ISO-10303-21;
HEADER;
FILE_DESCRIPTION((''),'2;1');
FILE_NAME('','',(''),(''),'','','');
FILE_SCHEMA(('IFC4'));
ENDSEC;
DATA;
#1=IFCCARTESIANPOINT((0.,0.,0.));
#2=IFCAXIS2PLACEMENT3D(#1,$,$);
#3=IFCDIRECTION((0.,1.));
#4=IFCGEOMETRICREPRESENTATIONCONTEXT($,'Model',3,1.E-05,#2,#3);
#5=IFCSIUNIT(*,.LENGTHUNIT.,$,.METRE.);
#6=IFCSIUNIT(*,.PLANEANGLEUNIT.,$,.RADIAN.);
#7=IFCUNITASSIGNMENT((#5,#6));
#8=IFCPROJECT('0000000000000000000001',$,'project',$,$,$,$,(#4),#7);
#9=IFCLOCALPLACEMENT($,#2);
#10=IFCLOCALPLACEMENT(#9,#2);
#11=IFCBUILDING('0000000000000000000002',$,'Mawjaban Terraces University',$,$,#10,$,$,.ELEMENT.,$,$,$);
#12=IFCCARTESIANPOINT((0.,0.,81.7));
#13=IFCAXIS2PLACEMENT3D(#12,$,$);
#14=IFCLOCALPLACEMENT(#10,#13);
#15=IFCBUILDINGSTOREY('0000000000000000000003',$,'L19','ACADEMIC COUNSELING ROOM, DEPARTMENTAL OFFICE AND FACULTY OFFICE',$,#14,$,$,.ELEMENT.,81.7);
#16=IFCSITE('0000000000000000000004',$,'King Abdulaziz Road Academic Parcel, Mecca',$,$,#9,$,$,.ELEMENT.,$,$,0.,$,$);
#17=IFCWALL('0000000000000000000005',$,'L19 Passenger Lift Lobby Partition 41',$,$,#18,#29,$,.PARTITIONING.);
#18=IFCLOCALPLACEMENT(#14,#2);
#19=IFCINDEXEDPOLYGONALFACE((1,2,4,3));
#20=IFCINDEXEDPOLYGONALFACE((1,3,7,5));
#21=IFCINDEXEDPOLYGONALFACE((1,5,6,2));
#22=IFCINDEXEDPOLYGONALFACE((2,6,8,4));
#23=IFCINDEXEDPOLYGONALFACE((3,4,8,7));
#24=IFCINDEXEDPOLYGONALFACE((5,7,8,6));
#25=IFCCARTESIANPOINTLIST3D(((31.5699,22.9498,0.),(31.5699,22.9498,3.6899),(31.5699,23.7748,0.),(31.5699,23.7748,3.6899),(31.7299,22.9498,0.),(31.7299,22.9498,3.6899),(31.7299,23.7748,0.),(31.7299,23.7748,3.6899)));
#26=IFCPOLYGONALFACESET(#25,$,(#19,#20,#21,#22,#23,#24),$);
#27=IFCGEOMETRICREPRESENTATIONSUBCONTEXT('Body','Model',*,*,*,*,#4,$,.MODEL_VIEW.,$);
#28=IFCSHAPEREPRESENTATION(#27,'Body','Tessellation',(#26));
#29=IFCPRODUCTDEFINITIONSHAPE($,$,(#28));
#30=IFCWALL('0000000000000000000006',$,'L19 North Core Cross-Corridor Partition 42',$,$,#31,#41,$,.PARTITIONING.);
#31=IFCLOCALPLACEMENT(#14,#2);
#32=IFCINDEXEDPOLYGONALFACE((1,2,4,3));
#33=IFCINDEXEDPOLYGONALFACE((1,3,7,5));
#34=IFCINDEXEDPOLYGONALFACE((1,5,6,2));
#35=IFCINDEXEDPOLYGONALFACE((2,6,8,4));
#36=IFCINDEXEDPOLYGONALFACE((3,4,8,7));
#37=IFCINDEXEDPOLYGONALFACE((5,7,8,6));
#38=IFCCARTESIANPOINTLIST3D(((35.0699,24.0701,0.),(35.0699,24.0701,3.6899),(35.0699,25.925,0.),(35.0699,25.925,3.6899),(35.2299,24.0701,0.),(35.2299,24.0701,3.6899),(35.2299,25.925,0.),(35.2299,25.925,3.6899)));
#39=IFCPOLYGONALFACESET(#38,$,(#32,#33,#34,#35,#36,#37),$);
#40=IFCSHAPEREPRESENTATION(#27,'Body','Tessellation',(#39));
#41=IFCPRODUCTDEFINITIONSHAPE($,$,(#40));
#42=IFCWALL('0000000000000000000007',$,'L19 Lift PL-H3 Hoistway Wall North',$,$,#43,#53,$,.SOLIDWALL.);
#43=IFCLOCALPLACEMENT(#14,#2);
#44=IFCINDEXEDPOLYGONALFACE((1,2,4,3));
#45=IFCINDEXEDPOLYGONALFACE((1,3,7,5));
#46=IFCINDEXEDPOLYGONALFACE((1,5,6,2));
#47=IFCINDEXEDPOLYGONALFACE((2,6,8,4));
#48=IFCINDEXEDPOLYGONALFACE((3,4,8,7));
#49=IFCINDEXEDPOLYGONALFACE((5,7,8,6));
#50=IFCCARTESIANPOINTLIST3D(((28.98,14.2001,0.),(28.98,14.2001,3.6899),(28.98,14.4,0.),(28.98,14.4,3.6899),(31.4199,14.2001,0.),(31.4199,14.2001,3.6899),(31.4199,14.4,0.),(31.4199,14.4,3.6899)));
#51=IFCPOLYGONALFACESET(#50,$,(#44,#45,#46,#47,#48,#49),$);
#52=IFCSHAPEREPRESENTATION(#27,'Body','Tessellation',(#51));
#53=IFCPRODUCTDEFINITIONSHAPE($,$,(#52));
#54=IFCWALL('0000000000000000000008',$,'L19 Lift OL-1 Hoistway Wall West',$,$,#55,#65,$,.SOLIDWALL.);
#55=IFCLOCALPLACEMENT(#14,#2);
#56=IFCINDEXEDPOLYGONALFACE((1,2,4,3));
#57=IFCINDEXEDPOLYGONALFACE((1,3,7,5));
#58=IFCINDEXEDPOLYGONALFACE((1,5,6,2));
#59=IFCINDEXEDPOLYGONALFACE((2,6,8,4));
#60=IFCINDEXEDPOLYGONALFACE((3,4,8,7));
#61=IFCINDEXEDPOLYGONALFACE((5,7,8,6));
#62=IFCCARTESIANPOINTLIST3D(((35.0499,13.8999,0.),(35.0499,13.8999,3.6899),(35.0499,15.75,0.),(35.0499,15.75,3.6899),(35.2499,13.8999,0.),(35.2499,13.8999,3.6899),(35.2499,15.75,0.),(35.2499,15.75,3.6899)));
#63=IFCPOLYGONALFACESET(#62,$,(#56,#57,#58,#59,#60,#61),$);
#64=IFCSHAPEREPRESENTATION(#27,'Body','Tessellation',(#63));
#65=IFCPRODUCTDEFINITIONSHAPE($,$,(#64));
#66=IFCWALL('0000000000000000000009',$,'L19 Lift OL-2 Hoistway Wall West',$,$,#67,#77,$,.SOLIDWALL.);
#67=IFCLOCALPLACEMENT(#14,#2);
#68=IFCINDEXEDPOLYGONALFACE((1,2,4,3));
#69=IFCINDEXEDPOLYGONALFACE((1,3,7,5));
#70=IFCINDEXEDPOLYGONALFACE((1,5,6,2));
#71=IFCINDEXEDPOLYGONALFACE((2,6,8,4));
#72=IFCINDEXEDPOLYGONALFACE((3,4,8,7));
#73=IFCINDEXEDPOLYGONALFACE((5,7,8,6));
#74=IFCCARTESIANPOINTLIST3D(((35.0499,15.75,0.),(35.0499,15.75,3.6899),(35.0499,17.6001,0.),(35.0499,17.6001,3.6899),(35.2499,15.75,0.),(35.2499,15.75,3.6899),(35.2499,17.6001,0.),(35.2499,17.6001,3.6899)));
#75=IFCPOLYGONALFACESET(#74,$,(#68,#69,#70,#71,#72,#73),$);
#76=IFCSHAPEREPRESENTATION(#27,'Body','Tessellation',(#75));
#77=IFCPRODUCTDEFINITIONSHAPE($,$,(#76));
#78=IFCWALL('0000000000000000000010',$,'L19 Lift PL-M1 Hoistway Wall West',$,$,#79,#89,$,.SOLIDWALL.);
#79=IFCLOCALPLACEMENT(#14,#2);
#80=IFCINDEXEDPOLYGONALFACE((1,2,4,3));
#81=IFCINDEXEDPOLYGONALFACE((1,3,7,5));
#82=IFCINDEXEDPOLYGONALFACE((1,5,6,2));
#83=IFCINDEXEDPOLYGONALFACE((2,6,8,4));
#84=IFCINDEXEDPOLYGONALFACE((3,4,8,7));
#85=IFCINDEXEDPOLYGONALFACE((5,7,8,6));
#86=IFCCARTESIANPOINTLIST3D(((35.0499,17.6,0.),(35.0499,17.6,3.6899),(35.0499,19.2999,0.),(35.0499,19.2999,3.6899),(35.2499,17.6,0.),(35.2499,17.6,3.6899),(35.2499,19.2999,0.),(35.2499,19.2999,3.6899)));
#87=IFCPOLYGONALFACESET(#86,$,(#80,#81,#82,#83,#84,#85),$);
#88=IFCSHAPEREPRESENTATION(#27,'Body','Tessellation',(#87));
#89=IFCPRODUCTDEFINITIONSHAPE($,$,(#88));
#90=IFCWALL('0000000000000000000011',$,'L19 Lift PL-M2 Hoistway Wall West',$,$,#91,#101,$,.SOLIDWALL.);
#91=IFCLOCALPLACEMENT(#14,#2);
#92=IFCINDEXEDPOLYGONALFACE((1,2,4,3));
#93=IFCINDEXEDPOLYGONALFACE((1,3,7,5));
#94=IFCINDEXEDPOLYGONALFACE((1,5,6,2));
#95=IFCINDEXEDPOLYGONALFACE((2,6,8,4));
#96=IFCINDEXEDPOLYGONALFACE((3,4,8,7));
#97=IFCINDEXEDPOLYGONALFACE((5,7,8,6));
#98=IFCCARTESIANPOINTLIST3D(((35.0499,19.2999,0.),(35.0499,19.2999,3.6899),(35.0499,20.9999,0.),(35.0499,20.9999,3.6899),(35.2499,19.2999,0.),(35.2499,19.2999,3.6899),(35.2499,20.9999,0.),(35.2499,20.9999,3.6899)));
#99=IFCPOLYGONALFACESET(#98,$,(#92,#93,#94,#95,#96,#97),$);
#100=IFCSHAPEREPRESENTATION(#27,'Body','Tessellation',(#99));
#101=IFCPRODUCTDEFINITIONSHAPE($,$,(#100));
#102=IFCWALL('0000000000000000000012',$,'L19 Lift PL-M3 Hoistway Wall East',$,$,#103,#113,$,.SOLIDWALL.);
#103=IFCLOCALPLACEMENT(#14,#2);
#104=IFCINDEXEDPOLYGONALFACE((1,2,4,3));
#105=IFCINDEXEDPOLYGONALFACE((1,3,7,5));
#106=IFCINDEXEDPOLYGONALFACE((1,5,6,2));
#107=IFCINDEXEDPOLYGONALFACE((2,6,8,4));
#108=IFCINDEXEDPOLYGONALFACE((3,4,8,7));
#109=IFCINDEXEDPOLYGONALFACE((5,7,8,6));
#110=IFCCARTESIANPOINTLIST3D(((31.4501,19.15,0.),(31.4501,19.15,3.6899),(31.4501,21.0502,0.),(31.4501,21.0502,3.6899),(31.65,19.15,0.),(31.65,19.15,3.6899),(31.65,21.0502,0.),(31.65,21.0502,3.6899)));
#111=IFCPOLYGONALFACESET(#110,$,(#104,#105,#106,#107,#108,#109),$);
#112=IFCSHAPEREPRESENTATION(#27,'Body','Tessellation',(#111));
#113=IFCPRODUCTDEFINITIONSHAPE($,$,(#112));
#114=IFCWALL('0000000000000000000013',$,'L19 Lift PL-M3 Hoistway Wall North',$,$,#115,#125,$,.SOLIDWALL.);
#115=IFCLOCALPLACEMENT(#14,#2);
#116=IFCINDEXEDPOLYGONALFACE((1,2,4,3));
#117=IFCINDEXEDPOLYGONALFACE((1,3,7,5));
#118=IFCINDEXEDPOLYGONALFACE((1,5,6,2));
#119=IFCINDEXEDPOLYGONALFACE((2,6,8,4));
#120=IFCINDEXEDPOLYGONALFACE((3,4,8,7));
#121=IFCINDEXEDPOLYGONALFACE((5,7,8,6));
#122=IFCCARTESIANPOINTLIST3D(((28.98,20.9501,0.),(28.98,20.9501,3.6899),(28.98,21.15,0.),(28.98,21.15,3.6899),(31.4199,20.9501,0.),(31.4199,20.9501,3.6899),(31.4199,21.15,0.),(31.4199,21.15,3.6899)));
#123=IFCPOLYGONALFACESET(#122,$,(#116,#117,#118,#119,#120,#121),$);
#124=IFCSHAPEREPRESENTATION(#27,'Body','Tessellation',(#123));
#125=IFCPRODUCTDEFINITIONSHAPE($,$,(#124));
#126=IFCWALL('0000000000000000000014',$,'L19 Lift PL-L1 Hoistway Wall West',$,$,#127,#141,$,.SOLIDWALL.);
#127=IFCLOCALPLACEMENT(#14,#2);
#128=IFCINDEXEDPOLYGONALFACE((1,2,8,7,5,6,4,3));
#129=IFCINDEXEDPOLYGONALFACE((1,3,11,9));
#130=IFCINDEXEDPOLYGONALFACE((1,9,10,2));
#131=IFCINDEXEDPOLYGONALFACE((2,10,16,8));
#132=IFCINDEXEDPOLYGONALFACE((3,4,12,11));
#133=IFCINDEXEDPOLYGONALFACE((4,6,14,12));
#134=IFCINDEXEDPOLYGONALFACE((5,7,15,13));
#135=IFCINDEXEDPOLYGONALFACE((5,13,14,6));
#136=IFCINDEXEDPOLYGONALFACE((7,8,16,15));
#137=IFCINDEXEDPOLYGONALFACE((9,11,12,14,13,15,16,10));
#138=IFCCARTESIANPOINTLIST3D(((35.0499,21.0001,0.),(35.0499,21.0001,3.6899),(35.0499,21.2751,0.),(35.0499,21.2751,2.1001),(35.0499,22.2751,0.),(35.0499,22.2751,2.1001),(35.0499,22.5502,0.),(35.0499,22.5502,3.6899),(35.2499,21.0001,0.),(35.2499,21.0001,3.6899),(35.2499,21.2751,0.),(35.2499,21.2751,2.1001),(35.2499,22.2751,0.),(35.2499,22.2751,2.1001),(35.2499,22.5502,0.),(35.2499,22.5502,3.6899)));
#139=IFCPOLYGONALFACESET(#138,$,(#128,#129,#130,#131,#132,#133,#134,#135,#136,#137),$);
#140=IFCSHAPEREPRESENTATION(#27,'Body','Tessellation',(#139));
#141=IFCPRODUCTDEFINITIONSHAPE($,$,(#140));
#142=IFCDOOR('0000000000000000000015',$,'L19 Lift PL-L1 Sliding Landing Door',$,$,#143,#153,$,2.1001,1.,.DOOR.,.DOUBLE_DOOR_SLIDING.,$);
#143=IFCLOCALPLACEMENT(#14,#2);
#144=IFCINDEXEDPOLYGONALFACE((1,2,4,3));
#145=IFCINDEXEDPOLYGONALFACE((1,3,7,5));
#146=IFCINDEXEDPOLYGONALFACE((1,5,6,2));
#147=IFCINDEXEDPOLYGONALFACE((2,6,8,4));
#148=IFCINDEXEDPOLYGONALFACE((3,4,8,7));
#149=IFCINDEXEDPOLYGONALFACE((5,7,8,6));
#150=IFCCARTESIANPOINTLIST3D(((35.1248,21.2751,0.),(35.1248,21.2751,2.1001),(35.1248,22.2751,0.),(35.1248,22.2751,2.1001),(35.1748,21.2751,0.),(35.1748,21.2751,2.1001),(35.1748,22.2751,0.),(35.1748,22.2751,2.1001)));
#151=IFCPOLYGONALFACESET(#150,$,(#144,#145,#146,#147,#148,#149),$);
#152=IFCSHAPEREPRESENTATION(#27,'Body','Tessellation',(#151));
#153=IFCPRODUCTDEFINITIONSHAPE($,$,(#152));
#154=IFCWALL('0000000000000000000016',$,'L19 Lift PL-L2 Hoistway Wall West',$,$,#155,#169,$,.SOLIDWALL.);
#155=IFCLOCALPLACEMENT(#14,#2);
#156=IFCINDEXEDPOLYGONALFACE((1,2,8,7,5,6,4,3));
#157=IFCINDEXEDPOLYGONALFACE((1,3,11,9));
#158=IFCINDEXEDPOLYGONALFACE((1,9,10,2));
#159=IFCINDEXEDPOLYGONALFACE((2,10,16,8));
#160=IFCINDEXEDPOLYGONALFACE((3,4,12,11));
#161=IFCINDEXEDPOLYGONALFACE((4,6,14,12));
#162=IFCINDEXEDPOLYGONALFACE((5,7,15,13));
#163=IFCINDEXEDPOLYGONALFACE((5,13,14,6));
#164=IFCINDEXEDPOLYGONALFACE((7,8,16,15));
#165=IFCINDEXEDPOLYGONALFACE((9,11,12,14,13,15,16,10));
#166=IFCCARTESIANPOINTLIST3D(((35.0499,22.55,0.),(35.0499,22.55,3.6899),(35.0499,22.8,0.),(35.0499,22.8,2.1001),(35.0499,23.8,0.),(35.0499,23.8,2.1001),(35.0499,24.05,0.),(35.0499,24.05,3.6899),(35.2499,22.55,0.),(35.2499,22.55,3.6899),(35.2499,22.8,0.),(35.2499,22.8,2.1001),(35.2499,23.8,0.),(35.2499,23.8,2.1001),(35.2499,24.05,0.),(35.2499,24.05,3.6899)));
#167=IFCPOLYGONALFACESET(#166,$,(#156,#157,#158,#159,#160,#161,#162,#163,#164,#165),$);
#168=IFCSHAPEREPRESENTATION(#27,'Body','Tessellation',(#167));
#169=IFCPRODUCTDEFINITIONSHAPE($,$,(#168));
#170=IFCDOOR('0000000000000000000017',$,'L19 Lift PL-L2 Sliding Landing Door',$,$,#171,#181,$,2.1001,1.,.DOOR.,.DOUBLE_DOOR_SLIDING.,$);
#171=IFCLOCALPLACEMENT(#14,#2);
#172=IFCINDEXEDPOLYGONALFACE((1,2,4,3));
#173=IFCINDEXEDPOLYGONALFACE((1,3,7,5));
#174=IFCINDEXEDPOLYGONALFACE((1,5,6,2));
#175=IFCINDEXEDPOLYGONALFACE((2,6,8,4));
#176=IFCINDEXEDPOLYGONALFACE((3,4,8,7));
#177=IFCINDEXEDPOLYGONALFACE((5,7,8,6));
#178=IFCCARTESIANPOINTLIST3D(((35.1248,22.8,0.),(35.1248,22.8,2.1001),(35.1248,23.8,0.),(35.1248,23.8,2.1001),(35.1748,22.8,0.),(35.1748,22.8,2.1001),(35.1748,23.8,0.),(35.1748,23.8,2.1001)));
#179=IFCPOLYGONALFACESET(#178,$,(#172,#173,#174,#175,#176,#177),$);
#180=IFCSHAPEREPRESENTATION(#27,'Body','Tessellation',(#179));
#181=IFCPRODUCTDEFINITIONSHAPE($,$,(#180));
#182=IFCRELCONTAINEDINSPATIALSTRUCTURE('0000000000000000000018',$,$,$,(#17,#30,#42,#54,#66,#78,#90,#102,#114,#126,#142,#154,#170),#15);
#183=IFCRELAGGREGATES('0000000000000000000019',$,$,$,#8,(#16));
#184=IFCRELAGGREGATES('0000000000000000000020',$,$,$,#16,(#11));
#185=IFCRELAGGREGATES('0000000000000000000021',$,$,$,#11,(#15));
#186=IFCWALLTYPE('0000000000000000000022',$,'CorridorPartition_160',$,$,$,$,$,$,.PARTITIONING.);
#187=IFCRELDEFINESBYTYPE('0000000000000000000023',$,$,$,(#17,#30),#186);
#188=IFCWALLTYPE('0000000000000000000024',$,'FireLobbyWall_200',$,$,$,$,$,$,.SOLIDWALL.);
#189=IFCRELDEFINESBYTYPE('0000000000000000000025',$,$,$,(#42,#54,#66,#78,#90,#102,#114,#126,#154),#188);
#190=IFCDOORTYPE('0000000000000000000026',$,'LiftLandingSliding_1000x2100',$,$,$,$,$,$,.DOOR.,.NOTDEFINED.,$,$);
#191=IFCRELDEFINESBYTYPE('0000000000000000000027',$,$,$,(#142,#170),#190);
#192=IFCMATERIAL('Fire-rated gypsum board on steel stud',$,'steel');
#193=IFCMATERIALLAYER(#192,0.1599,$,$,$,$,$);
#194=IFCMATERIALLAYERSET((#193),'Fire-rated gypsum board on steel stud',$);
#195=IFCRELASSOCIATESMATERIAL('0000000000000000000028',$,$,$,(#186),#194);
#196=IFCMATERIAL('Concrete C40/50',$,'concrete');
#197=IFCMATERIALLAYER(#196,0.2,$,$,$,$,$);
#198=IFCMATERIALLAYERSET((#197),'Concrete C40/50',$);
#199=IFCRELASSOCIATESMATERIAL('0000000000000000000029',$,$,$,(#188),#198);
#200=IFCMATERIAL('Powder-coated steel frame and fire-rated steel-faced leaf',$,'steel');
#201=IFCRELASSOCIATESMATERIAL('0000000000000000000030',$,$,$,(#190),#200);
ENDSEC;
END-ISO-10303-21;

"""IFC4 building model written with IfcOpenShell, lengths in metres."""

from ifc_helpers import new_model, si_unit, direction, frame, frame_2d, origin, place, context, subcontext, project, spatial, rectangle, extrude, material, layer, layer_set, type_object, element, fill, save


model = new_model("IFC4")

# Units and contexts
model_context = context("Model", 3, precision=1e-05, world=origin(), true_north=direction((0.0, 1.0)))
body_context = subcontext(model_context, "Body", "Model", "MODEL_VIEW")
ifc_project = project(units=[si_unit("LENGTHUNIT", "METRE"), si_unit("PLANEANGLEUNIT", "RADIAN")], contexts=[model_context])

# Site, building, storey
site_placement = place(None, origin())
site = spatial("IfcSite", under=ifc_project, at=site_placement, Name="King Abdulaziz Road Academic Parcel, Mecca", CompositionType="ELEMENT", RefElevation=0.0)
building_placement = place(site_placement, origin())
building = spatial("IfcBuilding", under=site, at=building_placement, Name="Mawjaban Terraces University", CompositionType="ELEMENT")
storey_placement = place(building_placement, frame((0.0, 0.0, 81.7)))
storey = spatial("IfcBuildingStorey", under=building, at=storey_placement, Name="L19", Description="ACADEMIC COUNSELING ROOM, DEPARTMENTAL OFFICE AND FACULTY OFFICE", CompositionType="ELEMENT", Elevation=81.7)

# Walls
ifc_material_1 = material(Name="Fire-rated gypsum board on steel stud", Category="steel")
ifc_layer_1 = layer(ifc_material_1, 0.1599)
ifc_layer_set_1 = layer_set([ifc_layer_1], Name="Fire-rated gypsum board on steel stud")
wall_type_1 = type_object("IfcWallType", Name="CorridorPartition_160", PredefinedType="PARTITIONING", material=ifc_layer_set_1)
wall_1_placement = place(storey_placement, frame((31.6499, 23.7749, 0.0), z_axis=(0.0, 0.0, 1.0), x_axis=(0.0, -1.0, 0.0)))
element("IfcWall", 1, at=wall_1_placement, inside=storey, type_object=wall_type_1, Name="L19 Passenger Lift Lobby Partition 41", PredefinedType="PARTITIONING", context=body_context, shape_type="SweptSolid", body=[
    extrude(rectangle(XDim=0.825, YDim=0.1599, at=frame_2d((0.4126, 0.0))), origin(), (0.0, 0.0, 1.0), 3.6899),
])
wall_2_placement = place(storey_placement, frame((35.1499, 24.0701, 0.0), z_axis=(0.0, 0.0, 1.0), x_axis=(0.0, 1.0, 0.0)))
element("IfcWall", 2, at=wall_2_placement, inside=storey, type_object=wall_type_1, Name="L19 North Core Cross-Corridor Partition 42", PredefinedType="PARTITIONING", context=body_context, shape_type="SweptSolid", body=[
    extrude(rectangle(XDim=1.855, YDim=0.1599, at=frame_2d((0.9275, 0.0))), origin(), (0.0, 0.0, 1.0), 3.6899),
])
ifc_material_2 = material(Name="Concrete C40/50", Category="concrete")
ifc_layer_2 = layer(ifc_material_2, 0.2)
ifc_layer_set_2 = layer_set([ifc_layer_2], Name="Concrete C40/50")
wall_type_2 = type_object("IfcWallType", Name="FireLobbyWall_200", PredefinedType="SOLIDWALL", material=ifc_layer_set_2)
wall_3_placement = place(storey_placement, frame((31.4199, 14.3, 0.0), z_axis=(0.0, 0.0, 1.0), x_axis=(-1.0, 0.0, 0.0)))
element("IfcWall", 3, at=wall_3_placement, inside=storey, type_object=wall_type_2, Name="L19 Lift PL-H3 Hoistway Wall North", PredefinedType="SOLIDWALL", context=body_context, shape_type="SweptSolid", body=[
    extrude(rectangle(XDim=2.4399, YDim=0.2, at=frame_2d((1.22, 0.0))), origin(), (0.0, 0.0, 1.0), 3.6899),
])
for number, where, z_axis, x_axis, name in (
    (4, (35.1499, 15.75, 0.0), (0.0, 0.0, 1.0), (0.0, -1.0, 0.0), "L19 Lift OL-1 Hoistway Wall West"),
    (5, (35.1499, 17.6001, 0.0), (0.0, 0.0, 1.0), (0.0, -1.0, 0.0), "L19 Lift OL-2 Hoistway Wall West"),
):
    element("IfcWall", number, at=place(storey_placement, frame(where, z_axis=z_axis, x_axis=x_axis)), inside=storey, type_object=wall_type_2, Name=name, PredefinedType="SOLIDWALL", context=body_context, shape_type="SweptSolid", body=[
        extrude(rectangle(XDim=1.8501, YDim=0.2, at=frame_2d((0.925, 0.0))), origin(), (0.0, 0.0, 1.0), 3.6899),
    ])
for number, where, z_axis, x_axis, name in (
    (6, (35.1499, 19.3, 0.0), (0.0, 0.0, 1.0), (0.0, -1.0, 0.0), "L19 Lift PL-M1 Hoistway Wall West"),
    (7, (35.1499, 21.0, 0.0), (0.0, 0.0, 1.0), (0.0, -1.0, 0.0), "L19 Lift PL-M2 Hoistway Wall West"),
):
    element("IfcWall", number, at=place(storey_placement, frame(where, z_axis=z_axis, x_axis=x_axis)), inside=storey, type_object=wall_type_2, Name=name, PredefinedType="SOLIDWALL", context=body_context, shape_type="SweptSolid", body=[
        extrude(rectangle(XDim=1.7, YDim=0.2, at=frame_2d((0.8501, 0.0))), origin(), (0.0, 0.0, 1.0), 3.6899),
    ])
wall_4_placement = place(storey_placement, frame((31.55, 19.1499, 0.0), z_axis=(0.0, 0.0, 1.0), x_axis=(0.0, 1.0, 0.0)))
element("IfcWall", 8, at=wall_4_placement, inside=storey, type_object=wall_type_2, Name="L19 Lift PL-M3 Hoistway Wall East", PredefinedType="SOLIDWALL", context=body_context, shape_type="SweptSolid", body=[
    extrude(rectangle(XDim=1.9001, YDim=0.2, at=frame_2d((0.9502, 0.0))), origin(), (0.0, 0.0, 1.0), 3.6899),
])
wall_5_placement = place(storey_placement, frame((31.4199, 21.05, 0.0), z_axis=(0.0, 0.0, 1.0), x_axis=(-1.0, 0.0, 0.0)))
element("IfcWall", 9, at=wall_5_placement, inside=storey, type_object=wall_type_2, Name="L19 Lift PL-M3 Hoistway Wall North", PredefinedType="SOLIDWALL", context=body_context, shape_type="SweptSolid", body=[
    extrude(rectangle(XDim=2.4399, YDim=0.2, at=frame_2d((1.22, 0.0))), origin(), (0.0, 0.0, 1.0), 3.6899),
])

# Walls, openings, doors
wall_6_placement = place(storey_placement, frame((35.1499, 22.55, 0.0), z_axis=(0.0, 0.0, 1.0), x_axis=(0.0, -1.0, 0.0)))
wall_6 = element("IfcWall", 10, at=wall_6_placement, inside=storey, type_object=wall_type_2, Name="L19 Lift PL-L1 Hoistway Wall West", PredefinedType="SOLIDWALL", context=body_context, shape_type="SweptSolid", body=[
    extrude(rectangle(XDim=1.55, YDim=0.2, at=frame_2d((0.7749, 0.0))), origin(), (0.0, 0.0, 1.0), 3.6899),
])
opening_1_placement = place(wall_6_placement, frame((0.2749, 0.0, 0.0)))
opening_1 = element("IfcOpeningElement", 11, at=opening_1_placement, cuts=wall_6, PredefinedType="OPENING", context=body_context, shape_type="SweptSolid", body=[
    extrude(rectangle(XDim=1.0, YDim=2.1001, at=frame_2d((0.5, 1.05))), frame((0.0, 0.1099, 0.0), z_axis=(0.0, -1.0, 0.0), x_axis=(1.0, 0.0, 0.0)), (0.0, 0.0, 1.0), 0.22),
])
ifc_material_3 = material(Name="Powder-coated steel frame and fire-rated steel-faced leaf", Category="steel")
door_type_1 = type_object("IfcDoorType", Name="LiftLandingSliding_1000x2100", OperationType="NOTDEFINED", PredefinedType="DOOR", material=ifc_material_3)
door_1_placement = place(opening_1_placement, origin())
door_1 = element("IfcDoor", 12, at=door_1_placement, inside=storey, type_object=door_type_1, Name="L19 Lift PL-L1 Sliding Landing Door", OperationType="DOUBLE_DOOR_SLIDING", OverallHeight=2.1001, OverallWidth=1.0, PredefinedType="DOOR", context=body_context, shape_type="SweptSolid", body=[
    extrude(rectangle(XDim=1.0, YDim=2.1001, at=frame_2d((0.5, 1.05))), frame((0.0, 0.0249, 0.0), z_axis=(0.0, -1.0, 0.0), x_axis=(1.0, 0.0, 0.0)), (0.0, 0.0, 1.0), 0.05),
])
fill(opening_1, door_1)
wall_7_placement = place(storey_placement, frame((35.1499, 24.05, 0.0), z_axis=(0.0, 0.0, 1.0), x_axis=(0.0, -1.0, 0.0)))
wall_7 = element("IfcWall", 13, at=wall_7_placement, inside=storey, type_object=wall_type_2, Name="L19 Lift PL-L2 Hoistway Wall West", PredefinedType="SOLIDWALL", context=body_context, shape_type="SweptSolid", body=[
    extrude(rectangle(XDim=1.5, YDim=0.2, at=frame_2d((0.75, 0.0))), origin(), (0.0, 0.0, 1.0), 3.6899),
])
opening_2_placement = place(wall_7_placement, frame((0.25, 0.0, 0.0)))
opening_2 = element("IfcOpeningElement", 14, at=opening_2_placement, cuts=wall_7, PredefinedType="OPENING", context=body_context, shape_type="SweptSolid", body=[
    extrude(rectangle(XDim=1.0, YDim=2.1001, at=frame_2d((0.5, 1.05))), frame((0.0, 0.1099, 0.0), z_axis=(0.0, -1.0, 0.0), x_axis=(1.0, 0.0, 0.0)), (0.0, 0.0, 1.0), 0.22),
])
door_2_placement = place(opening_2_placement, origin())
door_2 = element("IfcDoor", 15, at=door_2_placement, inside=storey, type_object=door_type_1, Name="L19 Lift PL-L2 Sliding Landing Door", OperationType="DOUBLE_DOOR_SLIDING", OverallHeight=2.1001, OverallWidth=1.0, PredefinedType="DOOR", context=body_context, shape_type="SweptSolid", body=[
    extrude(rectangle(XDim=1.0, YDim=2.1001, at=frame_2d((0.5, 1.05))), frame((0.0, 0.0249, 0.0), z_axis=(0.0, -1.0, 0.0), x_axis=(1.0, 0.0, 0.0)), (0.0, 0.0, 1.0), 0.05),
])
fill(opening_2, door_2)

save(model, "model.ifc")
